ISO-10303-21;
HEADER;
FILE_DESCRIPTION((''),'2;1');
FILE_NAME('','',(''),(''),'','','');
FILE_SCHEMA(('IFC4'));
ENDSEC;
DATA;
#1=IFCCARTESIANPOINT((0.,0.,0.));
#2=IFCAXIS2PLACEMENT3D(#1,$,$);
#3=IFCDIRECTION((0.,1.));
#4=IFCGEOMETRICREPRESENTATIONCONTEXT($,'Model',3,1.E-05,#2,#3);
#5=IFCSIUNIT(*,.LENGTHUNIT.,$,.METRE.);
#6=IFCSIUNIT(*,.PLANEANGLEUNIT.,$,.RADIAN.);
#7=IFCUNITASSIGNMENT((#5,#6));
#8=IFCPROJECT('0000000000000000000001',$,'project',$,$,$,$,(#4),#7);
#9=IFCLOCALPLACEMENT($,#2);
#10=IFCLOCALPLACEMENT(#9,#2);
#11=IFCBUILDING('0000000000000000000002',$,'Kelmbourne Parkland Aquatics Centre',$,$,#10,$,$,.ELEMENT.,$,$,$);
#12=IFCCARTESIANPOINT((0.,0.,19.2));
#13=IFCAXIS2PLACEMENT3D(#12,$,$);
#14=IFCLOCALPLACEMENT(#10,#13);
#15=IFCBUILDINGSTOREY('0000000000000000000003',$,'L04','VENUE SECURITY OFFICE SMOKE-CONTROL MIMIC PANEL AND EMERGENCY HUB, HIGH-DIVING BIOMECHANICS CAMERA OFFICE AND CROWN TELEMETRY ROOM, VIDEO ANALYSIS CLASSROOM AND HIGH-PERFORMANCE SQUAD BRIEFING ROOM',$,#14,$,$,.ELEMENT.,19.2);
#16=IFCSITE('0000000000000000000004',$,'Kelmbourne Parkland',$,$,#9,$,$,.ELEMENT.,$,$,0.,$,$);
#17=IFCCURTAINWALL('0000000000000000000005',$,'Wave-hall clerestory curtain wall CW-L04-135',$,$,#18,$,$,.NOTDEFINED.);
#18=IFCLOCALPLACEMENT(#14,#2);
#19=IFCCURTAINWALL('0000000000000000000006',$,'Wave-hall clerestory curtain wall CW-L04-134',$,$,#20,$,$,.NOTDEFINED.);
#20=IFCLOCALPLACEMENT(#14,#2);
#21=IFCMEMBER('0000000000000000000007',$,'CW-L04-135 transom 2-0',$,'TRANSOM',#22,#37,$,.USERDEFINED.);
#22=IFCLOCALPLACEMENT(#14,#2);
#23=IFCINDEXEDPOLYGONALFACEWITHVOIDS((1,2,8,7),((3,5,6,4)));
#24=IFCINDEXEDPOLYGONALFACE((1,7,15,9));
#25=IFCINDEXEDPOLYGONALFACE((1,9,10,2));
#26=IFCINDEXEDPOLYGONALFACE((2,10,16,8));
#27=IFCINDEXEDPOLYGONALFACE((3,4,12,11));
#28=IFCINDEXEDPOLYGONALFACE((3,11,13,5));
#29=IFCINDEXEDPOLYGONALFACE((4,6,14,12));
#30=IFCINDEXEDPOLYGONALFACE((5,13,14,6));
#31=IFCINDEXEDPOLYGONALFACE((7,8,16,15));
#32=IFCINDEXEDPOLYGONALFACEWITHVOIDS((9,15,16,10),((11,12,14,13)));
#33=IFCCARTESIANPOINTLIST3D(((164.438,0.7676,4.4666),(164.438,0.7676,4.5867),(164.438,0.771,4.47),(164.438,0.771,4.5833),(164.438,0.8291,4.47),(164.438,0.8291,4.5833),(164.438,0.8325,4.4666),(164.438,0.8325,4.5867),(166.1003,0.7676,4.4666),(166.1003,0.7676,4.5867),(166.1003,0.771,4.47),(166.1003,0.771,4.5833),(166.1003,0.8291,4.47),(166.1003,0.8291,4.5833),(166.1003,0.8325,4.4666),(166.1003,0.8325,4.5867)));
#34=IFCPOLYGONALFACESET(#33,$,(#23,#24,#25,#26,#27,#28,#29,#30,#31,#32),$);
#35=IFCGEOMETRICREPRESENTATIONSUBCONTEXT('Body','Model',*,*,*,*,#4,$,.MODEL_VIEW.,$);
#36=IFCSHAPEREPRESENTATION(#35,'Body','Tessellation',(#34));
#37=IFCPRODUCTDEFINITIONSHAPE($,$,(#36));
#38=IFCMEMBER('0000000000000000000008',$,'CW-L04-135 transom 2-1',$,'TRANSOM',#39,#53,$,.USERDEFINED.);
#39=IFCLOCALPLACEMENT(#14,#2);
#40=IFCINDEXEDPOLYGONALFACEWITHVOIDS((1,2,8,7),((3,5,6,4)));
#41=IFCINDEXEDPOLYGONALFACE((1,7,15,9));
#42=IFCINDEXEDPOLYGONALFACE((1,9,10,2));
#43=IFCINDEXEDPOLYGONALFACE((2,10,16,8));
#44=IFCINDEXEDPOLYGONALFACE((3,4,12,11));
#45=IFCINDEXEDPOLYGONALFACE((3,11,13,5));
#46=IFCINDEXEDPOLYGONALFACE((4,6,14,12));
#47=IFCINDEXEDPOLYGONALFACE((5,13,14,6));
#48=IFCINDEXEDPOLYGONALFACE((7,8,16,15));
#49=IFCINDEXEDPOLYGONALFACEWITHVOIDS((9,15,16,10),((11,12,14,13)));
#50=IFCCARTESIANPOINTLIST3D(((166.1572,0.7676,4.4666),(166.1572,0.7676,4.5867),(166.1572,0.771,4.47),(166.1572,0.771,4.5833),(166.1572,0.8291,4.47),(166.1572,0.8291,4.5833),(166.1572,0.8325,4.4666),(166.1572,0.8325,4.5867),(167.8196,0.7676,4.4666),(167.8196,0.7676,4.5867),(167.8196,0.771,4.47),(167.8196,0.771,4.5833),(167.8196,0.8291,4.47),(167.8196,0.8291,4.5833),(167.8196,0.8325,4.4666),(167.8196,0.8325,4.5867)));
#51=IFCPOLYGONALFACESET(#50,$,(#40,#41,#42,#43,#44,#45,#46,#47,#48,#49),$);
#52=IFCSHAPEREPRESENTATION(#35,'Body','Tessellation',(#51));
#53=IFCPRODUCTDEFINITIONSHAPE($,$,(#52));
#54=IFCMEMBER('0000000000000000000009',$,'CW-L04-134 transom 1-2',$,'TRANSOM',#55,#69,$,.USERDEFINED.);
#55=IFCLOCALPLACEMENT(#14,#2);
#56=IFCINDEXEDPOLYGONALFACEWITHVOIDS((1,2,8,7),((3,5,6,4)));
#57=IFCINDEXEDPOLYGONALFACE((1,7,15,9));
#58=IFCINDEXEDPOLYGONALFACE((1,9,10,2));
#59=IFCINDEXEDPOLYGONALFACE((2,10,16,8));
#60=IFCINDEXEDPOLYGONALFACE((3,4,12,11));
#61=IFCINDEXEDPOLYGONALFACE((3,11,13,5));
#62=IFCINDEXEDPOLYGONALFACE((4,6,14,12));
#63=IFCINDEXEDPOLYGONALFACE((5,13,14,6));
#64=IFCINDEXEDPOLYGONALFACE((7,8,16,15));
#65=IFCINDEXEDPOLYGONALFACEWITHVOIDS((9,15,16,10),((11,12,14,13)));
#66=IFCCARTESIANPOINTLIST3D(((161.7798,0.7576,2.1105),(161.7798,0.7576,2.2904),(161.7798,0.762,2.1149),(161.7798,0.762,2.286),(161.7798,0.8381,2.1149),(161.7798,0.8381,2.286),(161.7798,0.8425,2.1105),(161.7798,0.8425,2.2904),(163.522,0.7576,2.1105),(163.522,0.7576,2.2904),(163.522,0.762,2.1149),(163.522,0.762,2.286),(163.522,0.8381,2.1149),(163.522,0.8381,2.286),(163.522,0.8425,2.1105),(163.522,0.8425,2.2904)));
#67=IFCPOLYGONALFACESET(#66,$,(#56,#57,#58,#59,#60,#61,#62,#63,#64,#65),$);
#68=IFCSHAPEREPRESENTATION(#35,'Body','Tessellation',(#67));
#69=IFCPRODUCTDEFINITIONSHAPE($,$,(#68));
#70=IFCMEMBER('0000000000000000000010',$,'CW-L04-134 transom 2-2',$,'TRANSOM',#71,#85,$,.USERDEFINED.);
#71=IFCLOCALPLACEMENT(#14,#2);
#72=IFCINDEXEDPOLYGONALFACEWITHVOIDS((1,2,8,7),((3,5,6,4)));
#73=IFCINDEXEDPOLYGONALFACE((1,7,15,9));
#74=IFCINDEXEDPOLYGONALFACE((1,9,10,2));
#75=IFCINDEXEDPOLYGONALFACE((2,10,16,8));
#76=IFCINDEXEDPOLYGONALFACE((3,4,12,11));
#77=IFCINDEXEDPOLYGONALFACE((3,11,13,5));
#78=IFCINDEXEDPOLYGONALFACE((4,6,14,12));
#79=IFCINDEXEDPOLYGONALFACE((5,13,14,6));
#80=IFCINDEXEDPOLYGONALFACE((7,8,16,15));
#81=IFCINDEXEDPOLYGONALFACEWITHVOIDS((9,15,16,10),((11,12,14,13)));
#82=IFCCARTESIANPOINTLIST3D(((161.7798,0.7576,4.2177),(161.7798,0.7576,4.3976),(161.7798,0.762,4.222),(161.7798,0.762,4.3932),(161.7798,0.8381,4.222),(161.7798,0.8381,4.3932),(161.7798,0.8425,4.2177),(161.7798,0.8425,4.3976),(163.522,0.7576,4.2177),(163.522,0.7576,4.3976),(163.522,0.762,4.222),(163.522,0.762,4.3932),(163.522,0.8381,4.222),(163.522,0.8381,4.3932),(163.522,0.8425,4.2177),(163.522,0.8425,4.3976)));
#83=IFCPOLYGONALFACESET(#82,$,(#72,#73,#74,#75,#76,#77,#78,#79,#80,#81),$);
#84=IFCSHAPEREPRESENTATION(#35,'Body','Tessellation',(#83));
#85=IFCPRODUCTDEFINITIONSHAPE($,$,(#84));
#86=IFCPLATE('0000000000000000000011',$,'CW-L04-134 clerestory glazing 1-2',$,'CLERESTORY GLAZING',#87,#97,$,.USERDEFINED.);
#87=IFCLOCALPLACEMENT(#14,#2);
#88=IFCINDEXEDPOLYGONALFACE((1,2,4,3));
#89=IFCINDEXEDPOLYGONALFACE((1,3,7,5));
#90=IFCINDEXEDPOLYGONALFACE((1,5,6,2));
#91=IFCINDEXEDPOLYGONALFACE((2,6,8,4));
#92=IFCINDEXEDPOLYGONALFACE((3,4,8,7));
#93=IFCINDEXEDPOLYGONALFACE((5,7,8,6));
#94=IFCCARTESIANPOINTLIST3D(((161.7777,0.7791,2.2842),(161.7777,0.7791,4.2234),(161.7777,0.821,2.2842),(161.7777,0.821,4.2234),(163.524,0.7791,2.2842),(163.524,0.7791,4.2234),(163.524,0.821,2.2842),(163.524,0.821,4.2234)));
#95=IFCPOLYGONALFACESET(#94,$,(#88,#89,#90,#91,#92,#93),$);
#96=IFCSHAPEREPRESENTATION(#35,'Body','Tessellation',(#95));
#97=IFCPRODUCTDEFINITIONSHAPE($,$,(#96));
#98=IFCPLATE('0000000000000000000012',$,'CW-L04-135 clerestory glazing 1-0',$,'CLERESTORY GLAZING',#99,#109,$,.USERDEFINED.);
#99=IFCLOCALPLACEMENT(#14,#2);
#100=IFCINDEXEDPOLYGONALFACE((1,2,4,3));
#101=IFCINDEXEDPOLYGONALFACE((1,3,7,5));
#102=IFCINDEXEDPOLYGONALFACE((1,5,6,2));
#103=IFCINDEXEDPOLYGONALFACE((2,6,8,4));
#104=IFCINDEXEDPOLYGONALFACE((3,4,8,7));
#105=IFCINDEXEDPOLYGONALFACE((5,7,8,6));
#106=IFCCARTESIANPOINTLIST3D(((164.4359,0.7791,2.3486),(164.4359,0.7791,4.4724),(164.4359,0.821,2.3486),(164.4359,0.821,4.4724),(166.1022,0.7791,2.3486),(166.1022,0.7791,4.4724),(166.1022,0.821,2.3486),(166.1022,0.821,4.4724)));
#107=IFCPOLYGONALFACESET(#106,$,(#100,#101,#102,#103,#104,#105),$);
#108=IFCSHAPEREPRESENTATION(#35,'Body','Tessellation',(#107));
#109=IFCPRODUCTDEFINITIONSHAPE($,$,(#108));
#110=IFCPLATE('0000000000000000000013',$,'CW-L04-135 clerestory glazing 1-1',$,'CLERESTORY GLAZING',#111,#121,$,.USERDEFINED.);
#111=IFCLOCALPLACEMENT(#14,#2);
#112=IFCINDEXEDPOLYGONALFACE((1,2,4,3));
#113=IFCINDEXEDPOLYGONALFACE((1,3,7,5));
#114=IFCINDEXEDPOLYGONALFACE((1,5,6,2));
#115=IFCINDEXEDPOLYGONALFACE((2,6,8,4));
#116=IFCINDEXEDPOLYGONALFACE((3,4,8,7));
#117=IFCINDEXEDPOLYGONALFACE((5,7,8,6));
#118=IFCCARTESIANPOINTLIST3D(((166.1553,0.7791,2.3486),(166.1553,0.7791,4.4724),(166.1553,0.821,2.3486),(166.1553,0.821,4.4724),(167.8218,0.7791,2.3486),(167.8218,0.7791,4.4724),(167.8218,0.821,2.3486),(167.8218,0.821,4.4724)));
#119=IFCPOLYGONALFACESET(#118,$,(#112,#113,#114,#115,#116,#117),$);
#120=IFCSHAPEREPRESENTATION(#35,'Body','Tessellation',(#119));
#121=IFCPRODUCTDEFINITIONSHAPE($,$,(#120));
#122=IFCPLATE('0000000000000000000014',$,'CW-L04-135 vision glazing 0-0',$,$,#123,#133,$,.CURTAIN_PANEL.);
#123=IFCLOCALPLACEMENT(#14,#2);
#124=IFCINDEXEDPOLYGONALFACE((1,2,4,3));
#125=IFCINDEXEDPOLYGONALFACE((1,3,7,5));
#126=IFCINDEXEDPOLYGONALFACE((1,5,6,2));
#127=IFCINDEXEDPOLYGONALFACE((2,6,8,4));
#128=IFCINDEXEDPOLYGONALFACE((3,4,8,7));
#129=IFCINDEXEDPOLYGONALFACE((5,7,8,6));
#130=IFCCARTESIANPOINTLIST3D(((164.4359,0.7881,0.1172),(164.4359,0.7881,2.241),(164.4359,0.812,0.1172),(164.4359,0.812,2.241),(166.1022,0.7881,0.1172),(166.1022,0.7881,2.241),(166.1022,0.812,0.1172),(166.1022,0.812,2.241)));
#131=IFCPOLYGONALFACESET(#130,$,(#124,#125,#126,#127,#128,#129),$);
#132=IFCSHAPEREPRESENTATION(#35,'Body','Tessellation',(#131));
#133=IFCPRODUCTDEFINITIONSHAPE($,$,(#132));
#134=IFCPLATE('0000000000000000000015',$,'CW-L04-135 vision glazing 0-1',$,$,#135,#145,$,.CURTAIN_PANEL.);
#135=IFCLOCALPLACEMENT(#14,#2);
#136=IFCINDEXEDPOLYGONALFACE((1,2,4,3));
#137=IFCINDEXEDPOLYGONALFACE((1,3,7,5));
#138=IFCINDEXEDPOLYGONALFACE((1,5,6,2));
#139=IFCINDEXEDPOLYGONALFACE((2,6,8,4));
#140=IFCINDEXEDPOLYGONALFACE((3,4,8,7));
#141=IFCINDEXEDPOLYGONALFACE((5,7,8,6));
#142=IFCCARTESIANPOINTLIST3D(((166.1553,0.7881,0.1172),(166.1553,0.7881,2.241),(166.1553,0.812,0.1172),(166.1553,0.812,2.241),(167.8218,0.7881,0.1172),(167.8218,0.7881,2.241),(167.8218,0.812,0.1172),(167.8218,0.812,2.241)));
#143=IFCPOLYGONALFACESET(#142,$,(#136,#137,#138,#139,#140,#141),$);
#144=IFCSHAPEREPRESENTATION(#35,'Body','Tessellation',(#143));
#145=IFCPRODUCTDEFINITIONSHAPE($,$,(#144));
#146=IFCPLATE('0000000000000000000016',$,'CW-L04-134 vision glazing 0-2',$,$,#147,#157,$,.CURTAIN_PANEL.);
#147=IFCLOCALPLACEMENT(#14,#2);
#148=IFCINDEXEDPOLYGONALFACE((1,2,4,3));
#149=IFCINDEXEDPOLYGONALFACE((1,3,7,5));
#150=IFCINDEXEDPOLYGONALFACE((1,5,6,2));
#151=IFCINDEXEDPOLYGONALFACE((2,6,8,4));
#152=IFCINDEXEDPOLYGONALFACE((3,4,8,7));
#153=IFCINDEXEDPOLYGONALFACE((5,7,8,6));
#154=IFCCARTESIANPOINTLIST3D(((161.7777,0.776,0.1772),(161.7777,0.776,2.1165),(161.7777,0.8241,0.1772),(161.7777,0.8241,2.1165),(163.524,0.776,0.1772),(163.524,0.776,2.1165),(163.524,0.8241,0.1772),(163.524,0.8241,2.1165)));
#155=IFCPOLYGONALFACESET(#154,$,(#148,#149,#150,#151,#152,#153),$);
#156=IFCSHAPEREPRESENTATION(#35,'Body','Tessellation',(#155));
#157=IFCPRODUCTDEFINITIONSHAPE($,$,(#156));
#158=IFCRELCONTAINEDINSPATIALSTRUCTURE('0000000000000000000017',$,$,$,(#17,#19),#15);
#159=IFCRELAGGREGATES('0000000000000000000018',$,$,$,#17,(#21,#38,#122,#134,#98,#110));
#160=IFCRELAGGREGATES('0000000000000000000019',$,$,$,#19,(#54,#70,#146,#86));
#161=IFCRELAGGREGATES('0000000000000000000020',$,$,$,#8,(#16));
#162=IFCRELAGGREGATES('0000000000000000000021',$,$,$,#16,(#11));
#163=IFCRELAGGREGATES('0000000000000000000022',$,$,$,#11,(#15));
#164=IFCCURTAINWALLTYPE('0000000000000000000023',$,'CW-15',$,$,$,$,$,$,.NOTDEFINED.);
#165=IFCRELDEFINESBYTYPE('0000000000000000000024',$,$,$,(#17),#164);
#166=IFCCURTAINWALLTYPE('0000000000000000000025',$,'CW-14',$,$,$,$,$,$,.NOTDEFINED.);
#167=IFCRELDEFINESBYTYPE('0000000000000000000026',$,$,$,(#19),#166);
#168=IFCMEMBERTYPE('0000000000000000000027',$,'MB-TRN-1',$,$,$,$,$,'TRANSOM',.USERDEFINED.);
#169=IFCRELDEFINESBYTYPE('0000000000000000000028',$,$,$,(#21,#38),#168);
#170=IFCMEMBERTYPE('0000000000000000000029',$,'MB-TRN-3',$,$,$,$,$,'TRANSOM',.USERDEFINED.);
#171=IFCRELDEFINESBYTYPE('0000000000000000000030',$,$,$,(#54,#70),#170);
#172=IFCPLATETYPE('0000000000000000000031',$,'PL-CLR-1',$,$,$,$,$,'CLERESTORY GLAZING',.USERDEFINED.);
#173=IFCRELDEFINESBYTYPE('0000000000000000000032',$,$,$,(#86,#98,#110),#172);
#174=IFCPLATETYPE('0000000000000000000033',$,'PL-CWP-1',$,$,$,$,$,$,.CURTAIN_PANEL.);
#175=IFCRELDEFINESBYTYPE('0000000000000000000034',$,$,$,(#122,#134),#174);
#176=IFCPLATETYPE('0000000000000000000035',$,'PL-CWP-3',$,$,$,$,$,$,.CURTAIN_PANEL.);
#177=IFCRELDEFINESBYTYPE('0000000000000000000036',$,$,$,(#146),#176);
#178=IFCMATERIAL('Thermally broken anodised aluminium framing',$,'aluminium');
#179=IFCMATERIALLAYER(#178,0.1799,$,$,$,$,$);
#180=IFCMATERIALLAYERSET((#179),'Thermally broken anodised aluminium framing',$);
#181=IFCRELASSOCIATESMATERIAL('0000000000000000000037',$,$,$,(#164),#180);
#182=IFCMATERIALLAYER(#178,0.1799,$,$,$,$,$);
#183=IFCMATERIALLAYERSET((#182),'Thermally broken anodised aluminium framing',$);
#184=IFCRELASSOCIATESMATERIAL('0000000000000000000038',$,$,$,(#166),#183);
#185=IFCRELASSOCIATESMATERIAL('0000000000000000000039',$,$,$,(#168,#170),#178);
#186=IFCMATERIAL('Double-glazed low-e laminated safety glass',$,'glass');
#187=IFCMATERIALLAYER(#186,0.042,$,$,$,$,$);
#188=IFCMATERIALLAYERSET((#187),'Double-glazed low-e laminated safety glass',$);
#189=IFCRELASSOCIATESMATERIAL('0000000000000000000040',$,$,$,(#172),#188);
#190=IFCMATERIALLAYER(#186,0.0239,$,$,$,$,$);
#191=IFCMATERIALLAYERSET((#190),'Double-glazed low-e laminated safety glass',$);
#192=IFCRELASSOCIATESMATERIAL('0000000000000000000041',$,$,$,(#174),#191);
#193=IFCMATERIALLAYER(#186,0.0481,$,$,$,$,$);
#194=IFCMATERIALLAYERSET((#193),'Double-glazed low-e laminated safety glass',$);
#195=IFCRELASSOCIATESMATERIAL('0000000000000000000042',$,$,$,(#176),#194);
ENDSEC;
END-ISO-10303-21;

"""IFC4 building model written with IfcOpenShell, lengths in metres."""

from ifc_helpers import new_model, si_unit, direction, frame, origin, origin_2d, place, context, subcontext, project, spatial, rectangle, hollow_rectangle, extrude, material, layer, layer_set, material_profile, profile_set, type_object, element, aggregate, save


model = new_model("IFC4")

# Units and contexts
model_context = context("Model", 3, precision=1e-05, world=origin(), true_north=direction((0.0, 1.0)))
body_context = subcontext(model_context, "Body", "Model", "MODEL_VIEW")
ifc_project = project(units=[si_unit("LENGTHUNIT", "METRE"), si_unit("PLANEANGLEUNIT", "RADIAN")], contexts=[model_context])

# Site, building, storey
site_placement = place(None, origin())
site = spatial("IfcSite", under=ifc_project, at=site_placement, Name="Kelmbourne Parkland", CompositionType="ELEMENT", RefElevation=0.0)
building_placement = place(site_placement, origin())
building = spatial("IfcBuilding", under=site, at=building_placement, Name="Kelmbourne Parkland Aquatics Centre", CompositionType="ELEMENT")
storey_placement = place(building_placement, frame((0.0, 0.0, 19.2)))
storey = spatial("IfcBuildingStorey", under=building, at=storey_placement, Name="L04", Description="VENUE SECURITY OFFICE SMOKE-CONTROL MIMIC PANEL AND EMERGENCY HUB, HIGH-DIVING BIOMECHANICS CAMERA OFFICE AND CROWN TELEMETRY ROOM, VIDEO ANALYSIS CLASSROOM AND HIGH-PERFORMANCE SQUAD BRIEFING ROOM", CompositionType="ELEMENT", Elevation=19.2)

# Curtain wall
ifc_material_1 = material(Name="Thermally broken anodised aluminium framing", Category="aluminium")
ifc_layer_1 = layer(ifc_material_1, 0.1799)
ifc_layer_set_1 = layer_set([ifc_layer_1], Name="Thermally broken anodised aluminium framing")
curtain_wall_type_1 = type_object("IfcCurtainWallType", Name="CW-15", PredefinedType="NOTDEFINED", material=ifc_layer_set_1)
curtain_wall_1_placement = place(storey_placement, origin())
curtain_wall_1 = element("IfcCurtainWall", 1, at=curtain_wall_1_placement, inside=storey, type_object=curtain_wall_type_1, Name="Wave-hall clerestory curtain wall CW-L04-135", PredefinedType="NOTDEFINED")

# Curtain wall
ifc_layer_2 = layer(ifc_material_1, 0.1799)
ifc_layer_set_2 = layer_set([ifc_layer_2], Name="Thermally broken anodised aluminium framing")
curtain_wall_type_2 = type_object("IfcCurtainWallType", Name="CW-14", PredefinedType="NOTDEFINED", material=ifc_layer_set_2)
curtain_wall_2_placement = place(storey_placement, origin())
curtain_wall_2 = element("IfcCurtainWall", 2, at=curtain_wall_2_placement, inside=storey, type_object=curtain_wall_type_2, Name="Wave-hall clerestory curtain wall CW-L04-134", PredefinedType="NOTDEFINED")

# Members
ifc_material_profile_1 = material_profile(ifc_material_1, hollow_rectangle(XDim=0.0649, YDim=0.1201, WallThickness=0.0034, at=origin_2d()), Name="CW-T 65x120")
ifc_profile_set_1 = profile_set([ifc_material_profile_1], Name="Thermally broken anodised aluminium framing")
member_type_1 = type_object("IfcMemberType", Name="MB-TRN-1", ElementType="TRANSOM", PredefinedType="USERDEFINED", material=ifc_profile_set_1)
member_1_placement = place(storey_placement, frame((164.438, 0.8, 4.5266), z_axis=(1.0, 0.0, 0.0), x_axis=(0.0, 1.0, 0.0)))
member_1 = element("IfcMember", 3, at=member_1_placement, type_object=member_type_1, Name="CW-L04-135 transom 2-0", ObjectType="TRANSOM", PredefinedType="USERDEFINED", context=body_context, shape_type="SweptSolid", body=[
    extrude(hollow_rectangle(XDim=0.0649, YDim=0.1201, WallThickness=0.0034, at=origin_2d()), origin(), (0.0, 0.0, 1.0), 1.6624),
])
member_2_placement = place(storey_placement, frame((166.1572, 0.8, 4.5266), z_axis=(1.0, 0.0, 0.0), x_axis=(0.0, 1.0, 0.0)))
member_2 = element("IfcMember", 4, at=member_2_placement, type_object=member_type_1, Name="CW-L04-135 transom 2-1", ObjectType="TRANSOM", PredefinedType="USERDEFINED", context=body_context, shape_type="SweptSolid", body=[
    extrude(hollow_rectangle(XDim=0.0649, YDim=0.1201, WallThickness=0.0034, at=origin_2d()), origin(), (0.0, 0.0, 1.0), 1.6624),
])
ifc_material_profile_2 = material_profile(ifc_material_1, hollow_rectangle(XDim=0.085, YDim=0.1799, WallThickness=0.0044, at=origin_2d()), Name="CW-T 85x180")
ifc_profile_set_2 = profile_set([ifc_material_profile_2], Name="Thermally broken anodised aluminium framing")
member_type_2 = type_object("IfcMemberType", Name="MB-TRN-3", ElementType="TRANSOM", PredefinedType="USERDEFINED", material=ifc_profile_set_2)
member_3_placement = place(storey_placement, frame((161.7798, 0.8, 2.2004), z_axis=(1.0, 0.0, 0.0), x_axis=(0.0, 1.0, 0.0)))
member_3 = element("IfcMember", 5, at=member_3_placement, type_object=member_type_2, Name="CW-L04-134 transom 1-2", ObjectType="TRANSOM", PredefinedType="USERDEFINED", context=body_context, shape_type="SweptSolid", body=[
    extrude(hollow_rectangle(XDim=0.085, YDim=0.1799, WallThickness=0.0044, at=origin_2d()), origin(), (0.0, 0.0, 1.0), 1.7422),
])
member_4_placement = place(storey_placement, frame((161.7798, 0.8, 4.3076), z_axis=(1.0, 0.0, 0.0), x_axis=(0.0, 1.0, 0.0)))
member_4 = element("IfcMember", 6, at=member_4_placement, type_object=member_type_2, Name="CW-L04-134 transom 2-2", ObjectType="TRANSOM", PredefinedType="USERDEFINED", context=body_context, shape_type="SweptSolid", body=[
    extrude(hollow_rectangle(XDim=0.085, YDim=0.1799, WallThickness=0.0044, at=origin_2d()), origin(), (0.0, 0.0, 1.0), 1.7422),
])

# Plates
ifc_material_2 = material(Name="Double-glazed low-e laminated safety glass", Category="glass")
ifc_layer_3 = layer(ifc_material_2, 0.042)
ifc_layer_set_3 = layer_set([ifc_layer_3], Name="Double-glazed low-e laminated safety glass")
plate_type_1 = type_object("IfcPlateType", Name="PL-CLR-1", ElementType="CLERESTORY GLAZING", PredefinedType="USERDEFINED", material=ifc_layer_set_3)
plate_1_placement = place(storey_placement, frame((162.6509, 0.8, 2.2842), z_axis=(0.0, 0.0, 1.0), x_axis=(1.0, 0.0, 0.0)))
plate_1 = element("IfcPlate", 7, at=plate_1_placement, type_object=plate_type_1, Name="CW-L04-134 clerestory glazing 1-2", ObjectType="CLERESTORY GLAZING", PredefinedType="USERDEFINED", context=body_context, shape_type="SweptSolid", body=[
    extrude(rectangle(XDim=1.7463, YDim=0.042, at=origin_2d()), origin(), (0.0, 0.0, 1.0), 1.9392),
])
plate_2_placement = place(storey_placement, frame((165.269, 0.8, 2.3486), z_axis=(0.0, 0.0, 1.0), x_axis=(1.0, 0.0, 0.0)))
plate_2 = element("IfcPlate", 8, at=plate_2_placement, type_object=plate_type_1, Name="CW-L04-135 clerestory glazing 1-0", ObjectType="CLERESTORY GLAZING", PredefinedType="USERDEFINED", context=body_context, shape_type="SweptSolid", body=[
    extrude(rectangle(XDim=1.6663, YDim=0.042, at=origin_2d()), origin(), (0.0, 0.0, 1.0), 2.1238),
])
plate_3_placement = place(storey_placement, frame((166.9885, 0.8, 2.3486), z_axis=(0.0, 0.0, 1.0), x_axis=(1.0, 0.0, 0.0)))
plate_3 = element("IfcPlate", 9, at=plate_3_placement, type_object=plate_type_1, Name="CW-L04-135 clerestory glazing 1-1", ObjectType="CLERESTORY GLAZING", PredefinedType="USERDEFINED", context=body_context, shape_type="SweptSolid", body=[
    extrude(rectangle(XDim=1.6665, YDim=0.042, at=origin_2d()), origin(), (0.0, 0.0, 1.0), 2.1238),
])
ifc_layer_4 = layer(ifc_material_2, 0.0239)
ifc_layer_set_4 = layer_set([ifc_layer_4], Name="Double-glazed low-e laminated safety glass")
plate_type_2 = type_object("IfcPlateType", Name="PL-CWP-1", PredefinedType="CURTAIN_PANEL", material=ifc_layer_set_4)
plate_4_placement = place(storey_placement, frame((165.269, 0.8, 0.1172), z_axis=(0.0, 0.0, 1.0), x_axis=(1.0, 0.0, 0.0)))
plate_4 = element("IfcPlate", 10, at=plate_4_placement, type_object=plate_type_2, Name="CW-L04-135 vision glazing 0-0", PredefinedType="CURTAIN_PANEL", context=body_context, shape_type="SweptSolid", body=[
    extrude(rectangle(XDim=1.6663, YDim=0.0239, at=origin_2d()), origin(), (0.0, 0.0, 1.0), 2.1238),
])
plate_5_placement = place(storey_placement, frame((166.9885, 0.8, 0.1172), z_axis=(0.0, 0.0, 1.0), x_axis=(1.0, 0.0, 0.0)))
plate_5 = element("IfcPlate", 11, at=plate_5_placement, type_object=plate_type_2, Name="CW-L04-135 vision glazing 0-1", PredefinedType="CURTAIN_PANEL", context=body_context, shape_type="SweptSolid", body=[
    extrude(rectangle(XDim=1.6665, YDim=0.0239, at=origin_2d()), origin(), (0.0, 0.0, 1.0), 2.1238),
])
aggregate(curtain_wall_1, [member_1, member_2, plate_4, plate_5, plate_2, plate_3])
ifc_layer_5 = layer(ifc_material_2, 0.0481)
ifc_layer_set_5 = layer_set([ifc_layer_5], Name="Double-glazed low-e laminated safety glass")
plate_type_3 = type_object("IfcPlateType", Name="PL-CWP-3", PredefinedType="CURTAIN_PANEL", material=ifc_layer_set_5)
plate_6_placement = place(storey_placement, frame((162.6509, 0.8, 0.1772), z_axis=(0.0, 0.0, 1.0), x_axis=(1.0, 0.0, 0.0)))
plate_6 = element("IfcPlate", 12, at=plate_6_placement, type_object=plate_type_3, Name="CW-L04-134 vision glazing 0-2", PredefinedType="CURTAIN_PANEL", context=body_context, shape_type="SweptSolid", body=[
    extrude(rectangle(XDim=1.7463, YDim=0.0481, at=origin_2d()), origin(), (0.0, 0.0, 1.0), 1.9392),
])
aggregate(curtain_wall_2, [member_3, member_4, plate_6, plate_1])

save(model, "model.ifc")
